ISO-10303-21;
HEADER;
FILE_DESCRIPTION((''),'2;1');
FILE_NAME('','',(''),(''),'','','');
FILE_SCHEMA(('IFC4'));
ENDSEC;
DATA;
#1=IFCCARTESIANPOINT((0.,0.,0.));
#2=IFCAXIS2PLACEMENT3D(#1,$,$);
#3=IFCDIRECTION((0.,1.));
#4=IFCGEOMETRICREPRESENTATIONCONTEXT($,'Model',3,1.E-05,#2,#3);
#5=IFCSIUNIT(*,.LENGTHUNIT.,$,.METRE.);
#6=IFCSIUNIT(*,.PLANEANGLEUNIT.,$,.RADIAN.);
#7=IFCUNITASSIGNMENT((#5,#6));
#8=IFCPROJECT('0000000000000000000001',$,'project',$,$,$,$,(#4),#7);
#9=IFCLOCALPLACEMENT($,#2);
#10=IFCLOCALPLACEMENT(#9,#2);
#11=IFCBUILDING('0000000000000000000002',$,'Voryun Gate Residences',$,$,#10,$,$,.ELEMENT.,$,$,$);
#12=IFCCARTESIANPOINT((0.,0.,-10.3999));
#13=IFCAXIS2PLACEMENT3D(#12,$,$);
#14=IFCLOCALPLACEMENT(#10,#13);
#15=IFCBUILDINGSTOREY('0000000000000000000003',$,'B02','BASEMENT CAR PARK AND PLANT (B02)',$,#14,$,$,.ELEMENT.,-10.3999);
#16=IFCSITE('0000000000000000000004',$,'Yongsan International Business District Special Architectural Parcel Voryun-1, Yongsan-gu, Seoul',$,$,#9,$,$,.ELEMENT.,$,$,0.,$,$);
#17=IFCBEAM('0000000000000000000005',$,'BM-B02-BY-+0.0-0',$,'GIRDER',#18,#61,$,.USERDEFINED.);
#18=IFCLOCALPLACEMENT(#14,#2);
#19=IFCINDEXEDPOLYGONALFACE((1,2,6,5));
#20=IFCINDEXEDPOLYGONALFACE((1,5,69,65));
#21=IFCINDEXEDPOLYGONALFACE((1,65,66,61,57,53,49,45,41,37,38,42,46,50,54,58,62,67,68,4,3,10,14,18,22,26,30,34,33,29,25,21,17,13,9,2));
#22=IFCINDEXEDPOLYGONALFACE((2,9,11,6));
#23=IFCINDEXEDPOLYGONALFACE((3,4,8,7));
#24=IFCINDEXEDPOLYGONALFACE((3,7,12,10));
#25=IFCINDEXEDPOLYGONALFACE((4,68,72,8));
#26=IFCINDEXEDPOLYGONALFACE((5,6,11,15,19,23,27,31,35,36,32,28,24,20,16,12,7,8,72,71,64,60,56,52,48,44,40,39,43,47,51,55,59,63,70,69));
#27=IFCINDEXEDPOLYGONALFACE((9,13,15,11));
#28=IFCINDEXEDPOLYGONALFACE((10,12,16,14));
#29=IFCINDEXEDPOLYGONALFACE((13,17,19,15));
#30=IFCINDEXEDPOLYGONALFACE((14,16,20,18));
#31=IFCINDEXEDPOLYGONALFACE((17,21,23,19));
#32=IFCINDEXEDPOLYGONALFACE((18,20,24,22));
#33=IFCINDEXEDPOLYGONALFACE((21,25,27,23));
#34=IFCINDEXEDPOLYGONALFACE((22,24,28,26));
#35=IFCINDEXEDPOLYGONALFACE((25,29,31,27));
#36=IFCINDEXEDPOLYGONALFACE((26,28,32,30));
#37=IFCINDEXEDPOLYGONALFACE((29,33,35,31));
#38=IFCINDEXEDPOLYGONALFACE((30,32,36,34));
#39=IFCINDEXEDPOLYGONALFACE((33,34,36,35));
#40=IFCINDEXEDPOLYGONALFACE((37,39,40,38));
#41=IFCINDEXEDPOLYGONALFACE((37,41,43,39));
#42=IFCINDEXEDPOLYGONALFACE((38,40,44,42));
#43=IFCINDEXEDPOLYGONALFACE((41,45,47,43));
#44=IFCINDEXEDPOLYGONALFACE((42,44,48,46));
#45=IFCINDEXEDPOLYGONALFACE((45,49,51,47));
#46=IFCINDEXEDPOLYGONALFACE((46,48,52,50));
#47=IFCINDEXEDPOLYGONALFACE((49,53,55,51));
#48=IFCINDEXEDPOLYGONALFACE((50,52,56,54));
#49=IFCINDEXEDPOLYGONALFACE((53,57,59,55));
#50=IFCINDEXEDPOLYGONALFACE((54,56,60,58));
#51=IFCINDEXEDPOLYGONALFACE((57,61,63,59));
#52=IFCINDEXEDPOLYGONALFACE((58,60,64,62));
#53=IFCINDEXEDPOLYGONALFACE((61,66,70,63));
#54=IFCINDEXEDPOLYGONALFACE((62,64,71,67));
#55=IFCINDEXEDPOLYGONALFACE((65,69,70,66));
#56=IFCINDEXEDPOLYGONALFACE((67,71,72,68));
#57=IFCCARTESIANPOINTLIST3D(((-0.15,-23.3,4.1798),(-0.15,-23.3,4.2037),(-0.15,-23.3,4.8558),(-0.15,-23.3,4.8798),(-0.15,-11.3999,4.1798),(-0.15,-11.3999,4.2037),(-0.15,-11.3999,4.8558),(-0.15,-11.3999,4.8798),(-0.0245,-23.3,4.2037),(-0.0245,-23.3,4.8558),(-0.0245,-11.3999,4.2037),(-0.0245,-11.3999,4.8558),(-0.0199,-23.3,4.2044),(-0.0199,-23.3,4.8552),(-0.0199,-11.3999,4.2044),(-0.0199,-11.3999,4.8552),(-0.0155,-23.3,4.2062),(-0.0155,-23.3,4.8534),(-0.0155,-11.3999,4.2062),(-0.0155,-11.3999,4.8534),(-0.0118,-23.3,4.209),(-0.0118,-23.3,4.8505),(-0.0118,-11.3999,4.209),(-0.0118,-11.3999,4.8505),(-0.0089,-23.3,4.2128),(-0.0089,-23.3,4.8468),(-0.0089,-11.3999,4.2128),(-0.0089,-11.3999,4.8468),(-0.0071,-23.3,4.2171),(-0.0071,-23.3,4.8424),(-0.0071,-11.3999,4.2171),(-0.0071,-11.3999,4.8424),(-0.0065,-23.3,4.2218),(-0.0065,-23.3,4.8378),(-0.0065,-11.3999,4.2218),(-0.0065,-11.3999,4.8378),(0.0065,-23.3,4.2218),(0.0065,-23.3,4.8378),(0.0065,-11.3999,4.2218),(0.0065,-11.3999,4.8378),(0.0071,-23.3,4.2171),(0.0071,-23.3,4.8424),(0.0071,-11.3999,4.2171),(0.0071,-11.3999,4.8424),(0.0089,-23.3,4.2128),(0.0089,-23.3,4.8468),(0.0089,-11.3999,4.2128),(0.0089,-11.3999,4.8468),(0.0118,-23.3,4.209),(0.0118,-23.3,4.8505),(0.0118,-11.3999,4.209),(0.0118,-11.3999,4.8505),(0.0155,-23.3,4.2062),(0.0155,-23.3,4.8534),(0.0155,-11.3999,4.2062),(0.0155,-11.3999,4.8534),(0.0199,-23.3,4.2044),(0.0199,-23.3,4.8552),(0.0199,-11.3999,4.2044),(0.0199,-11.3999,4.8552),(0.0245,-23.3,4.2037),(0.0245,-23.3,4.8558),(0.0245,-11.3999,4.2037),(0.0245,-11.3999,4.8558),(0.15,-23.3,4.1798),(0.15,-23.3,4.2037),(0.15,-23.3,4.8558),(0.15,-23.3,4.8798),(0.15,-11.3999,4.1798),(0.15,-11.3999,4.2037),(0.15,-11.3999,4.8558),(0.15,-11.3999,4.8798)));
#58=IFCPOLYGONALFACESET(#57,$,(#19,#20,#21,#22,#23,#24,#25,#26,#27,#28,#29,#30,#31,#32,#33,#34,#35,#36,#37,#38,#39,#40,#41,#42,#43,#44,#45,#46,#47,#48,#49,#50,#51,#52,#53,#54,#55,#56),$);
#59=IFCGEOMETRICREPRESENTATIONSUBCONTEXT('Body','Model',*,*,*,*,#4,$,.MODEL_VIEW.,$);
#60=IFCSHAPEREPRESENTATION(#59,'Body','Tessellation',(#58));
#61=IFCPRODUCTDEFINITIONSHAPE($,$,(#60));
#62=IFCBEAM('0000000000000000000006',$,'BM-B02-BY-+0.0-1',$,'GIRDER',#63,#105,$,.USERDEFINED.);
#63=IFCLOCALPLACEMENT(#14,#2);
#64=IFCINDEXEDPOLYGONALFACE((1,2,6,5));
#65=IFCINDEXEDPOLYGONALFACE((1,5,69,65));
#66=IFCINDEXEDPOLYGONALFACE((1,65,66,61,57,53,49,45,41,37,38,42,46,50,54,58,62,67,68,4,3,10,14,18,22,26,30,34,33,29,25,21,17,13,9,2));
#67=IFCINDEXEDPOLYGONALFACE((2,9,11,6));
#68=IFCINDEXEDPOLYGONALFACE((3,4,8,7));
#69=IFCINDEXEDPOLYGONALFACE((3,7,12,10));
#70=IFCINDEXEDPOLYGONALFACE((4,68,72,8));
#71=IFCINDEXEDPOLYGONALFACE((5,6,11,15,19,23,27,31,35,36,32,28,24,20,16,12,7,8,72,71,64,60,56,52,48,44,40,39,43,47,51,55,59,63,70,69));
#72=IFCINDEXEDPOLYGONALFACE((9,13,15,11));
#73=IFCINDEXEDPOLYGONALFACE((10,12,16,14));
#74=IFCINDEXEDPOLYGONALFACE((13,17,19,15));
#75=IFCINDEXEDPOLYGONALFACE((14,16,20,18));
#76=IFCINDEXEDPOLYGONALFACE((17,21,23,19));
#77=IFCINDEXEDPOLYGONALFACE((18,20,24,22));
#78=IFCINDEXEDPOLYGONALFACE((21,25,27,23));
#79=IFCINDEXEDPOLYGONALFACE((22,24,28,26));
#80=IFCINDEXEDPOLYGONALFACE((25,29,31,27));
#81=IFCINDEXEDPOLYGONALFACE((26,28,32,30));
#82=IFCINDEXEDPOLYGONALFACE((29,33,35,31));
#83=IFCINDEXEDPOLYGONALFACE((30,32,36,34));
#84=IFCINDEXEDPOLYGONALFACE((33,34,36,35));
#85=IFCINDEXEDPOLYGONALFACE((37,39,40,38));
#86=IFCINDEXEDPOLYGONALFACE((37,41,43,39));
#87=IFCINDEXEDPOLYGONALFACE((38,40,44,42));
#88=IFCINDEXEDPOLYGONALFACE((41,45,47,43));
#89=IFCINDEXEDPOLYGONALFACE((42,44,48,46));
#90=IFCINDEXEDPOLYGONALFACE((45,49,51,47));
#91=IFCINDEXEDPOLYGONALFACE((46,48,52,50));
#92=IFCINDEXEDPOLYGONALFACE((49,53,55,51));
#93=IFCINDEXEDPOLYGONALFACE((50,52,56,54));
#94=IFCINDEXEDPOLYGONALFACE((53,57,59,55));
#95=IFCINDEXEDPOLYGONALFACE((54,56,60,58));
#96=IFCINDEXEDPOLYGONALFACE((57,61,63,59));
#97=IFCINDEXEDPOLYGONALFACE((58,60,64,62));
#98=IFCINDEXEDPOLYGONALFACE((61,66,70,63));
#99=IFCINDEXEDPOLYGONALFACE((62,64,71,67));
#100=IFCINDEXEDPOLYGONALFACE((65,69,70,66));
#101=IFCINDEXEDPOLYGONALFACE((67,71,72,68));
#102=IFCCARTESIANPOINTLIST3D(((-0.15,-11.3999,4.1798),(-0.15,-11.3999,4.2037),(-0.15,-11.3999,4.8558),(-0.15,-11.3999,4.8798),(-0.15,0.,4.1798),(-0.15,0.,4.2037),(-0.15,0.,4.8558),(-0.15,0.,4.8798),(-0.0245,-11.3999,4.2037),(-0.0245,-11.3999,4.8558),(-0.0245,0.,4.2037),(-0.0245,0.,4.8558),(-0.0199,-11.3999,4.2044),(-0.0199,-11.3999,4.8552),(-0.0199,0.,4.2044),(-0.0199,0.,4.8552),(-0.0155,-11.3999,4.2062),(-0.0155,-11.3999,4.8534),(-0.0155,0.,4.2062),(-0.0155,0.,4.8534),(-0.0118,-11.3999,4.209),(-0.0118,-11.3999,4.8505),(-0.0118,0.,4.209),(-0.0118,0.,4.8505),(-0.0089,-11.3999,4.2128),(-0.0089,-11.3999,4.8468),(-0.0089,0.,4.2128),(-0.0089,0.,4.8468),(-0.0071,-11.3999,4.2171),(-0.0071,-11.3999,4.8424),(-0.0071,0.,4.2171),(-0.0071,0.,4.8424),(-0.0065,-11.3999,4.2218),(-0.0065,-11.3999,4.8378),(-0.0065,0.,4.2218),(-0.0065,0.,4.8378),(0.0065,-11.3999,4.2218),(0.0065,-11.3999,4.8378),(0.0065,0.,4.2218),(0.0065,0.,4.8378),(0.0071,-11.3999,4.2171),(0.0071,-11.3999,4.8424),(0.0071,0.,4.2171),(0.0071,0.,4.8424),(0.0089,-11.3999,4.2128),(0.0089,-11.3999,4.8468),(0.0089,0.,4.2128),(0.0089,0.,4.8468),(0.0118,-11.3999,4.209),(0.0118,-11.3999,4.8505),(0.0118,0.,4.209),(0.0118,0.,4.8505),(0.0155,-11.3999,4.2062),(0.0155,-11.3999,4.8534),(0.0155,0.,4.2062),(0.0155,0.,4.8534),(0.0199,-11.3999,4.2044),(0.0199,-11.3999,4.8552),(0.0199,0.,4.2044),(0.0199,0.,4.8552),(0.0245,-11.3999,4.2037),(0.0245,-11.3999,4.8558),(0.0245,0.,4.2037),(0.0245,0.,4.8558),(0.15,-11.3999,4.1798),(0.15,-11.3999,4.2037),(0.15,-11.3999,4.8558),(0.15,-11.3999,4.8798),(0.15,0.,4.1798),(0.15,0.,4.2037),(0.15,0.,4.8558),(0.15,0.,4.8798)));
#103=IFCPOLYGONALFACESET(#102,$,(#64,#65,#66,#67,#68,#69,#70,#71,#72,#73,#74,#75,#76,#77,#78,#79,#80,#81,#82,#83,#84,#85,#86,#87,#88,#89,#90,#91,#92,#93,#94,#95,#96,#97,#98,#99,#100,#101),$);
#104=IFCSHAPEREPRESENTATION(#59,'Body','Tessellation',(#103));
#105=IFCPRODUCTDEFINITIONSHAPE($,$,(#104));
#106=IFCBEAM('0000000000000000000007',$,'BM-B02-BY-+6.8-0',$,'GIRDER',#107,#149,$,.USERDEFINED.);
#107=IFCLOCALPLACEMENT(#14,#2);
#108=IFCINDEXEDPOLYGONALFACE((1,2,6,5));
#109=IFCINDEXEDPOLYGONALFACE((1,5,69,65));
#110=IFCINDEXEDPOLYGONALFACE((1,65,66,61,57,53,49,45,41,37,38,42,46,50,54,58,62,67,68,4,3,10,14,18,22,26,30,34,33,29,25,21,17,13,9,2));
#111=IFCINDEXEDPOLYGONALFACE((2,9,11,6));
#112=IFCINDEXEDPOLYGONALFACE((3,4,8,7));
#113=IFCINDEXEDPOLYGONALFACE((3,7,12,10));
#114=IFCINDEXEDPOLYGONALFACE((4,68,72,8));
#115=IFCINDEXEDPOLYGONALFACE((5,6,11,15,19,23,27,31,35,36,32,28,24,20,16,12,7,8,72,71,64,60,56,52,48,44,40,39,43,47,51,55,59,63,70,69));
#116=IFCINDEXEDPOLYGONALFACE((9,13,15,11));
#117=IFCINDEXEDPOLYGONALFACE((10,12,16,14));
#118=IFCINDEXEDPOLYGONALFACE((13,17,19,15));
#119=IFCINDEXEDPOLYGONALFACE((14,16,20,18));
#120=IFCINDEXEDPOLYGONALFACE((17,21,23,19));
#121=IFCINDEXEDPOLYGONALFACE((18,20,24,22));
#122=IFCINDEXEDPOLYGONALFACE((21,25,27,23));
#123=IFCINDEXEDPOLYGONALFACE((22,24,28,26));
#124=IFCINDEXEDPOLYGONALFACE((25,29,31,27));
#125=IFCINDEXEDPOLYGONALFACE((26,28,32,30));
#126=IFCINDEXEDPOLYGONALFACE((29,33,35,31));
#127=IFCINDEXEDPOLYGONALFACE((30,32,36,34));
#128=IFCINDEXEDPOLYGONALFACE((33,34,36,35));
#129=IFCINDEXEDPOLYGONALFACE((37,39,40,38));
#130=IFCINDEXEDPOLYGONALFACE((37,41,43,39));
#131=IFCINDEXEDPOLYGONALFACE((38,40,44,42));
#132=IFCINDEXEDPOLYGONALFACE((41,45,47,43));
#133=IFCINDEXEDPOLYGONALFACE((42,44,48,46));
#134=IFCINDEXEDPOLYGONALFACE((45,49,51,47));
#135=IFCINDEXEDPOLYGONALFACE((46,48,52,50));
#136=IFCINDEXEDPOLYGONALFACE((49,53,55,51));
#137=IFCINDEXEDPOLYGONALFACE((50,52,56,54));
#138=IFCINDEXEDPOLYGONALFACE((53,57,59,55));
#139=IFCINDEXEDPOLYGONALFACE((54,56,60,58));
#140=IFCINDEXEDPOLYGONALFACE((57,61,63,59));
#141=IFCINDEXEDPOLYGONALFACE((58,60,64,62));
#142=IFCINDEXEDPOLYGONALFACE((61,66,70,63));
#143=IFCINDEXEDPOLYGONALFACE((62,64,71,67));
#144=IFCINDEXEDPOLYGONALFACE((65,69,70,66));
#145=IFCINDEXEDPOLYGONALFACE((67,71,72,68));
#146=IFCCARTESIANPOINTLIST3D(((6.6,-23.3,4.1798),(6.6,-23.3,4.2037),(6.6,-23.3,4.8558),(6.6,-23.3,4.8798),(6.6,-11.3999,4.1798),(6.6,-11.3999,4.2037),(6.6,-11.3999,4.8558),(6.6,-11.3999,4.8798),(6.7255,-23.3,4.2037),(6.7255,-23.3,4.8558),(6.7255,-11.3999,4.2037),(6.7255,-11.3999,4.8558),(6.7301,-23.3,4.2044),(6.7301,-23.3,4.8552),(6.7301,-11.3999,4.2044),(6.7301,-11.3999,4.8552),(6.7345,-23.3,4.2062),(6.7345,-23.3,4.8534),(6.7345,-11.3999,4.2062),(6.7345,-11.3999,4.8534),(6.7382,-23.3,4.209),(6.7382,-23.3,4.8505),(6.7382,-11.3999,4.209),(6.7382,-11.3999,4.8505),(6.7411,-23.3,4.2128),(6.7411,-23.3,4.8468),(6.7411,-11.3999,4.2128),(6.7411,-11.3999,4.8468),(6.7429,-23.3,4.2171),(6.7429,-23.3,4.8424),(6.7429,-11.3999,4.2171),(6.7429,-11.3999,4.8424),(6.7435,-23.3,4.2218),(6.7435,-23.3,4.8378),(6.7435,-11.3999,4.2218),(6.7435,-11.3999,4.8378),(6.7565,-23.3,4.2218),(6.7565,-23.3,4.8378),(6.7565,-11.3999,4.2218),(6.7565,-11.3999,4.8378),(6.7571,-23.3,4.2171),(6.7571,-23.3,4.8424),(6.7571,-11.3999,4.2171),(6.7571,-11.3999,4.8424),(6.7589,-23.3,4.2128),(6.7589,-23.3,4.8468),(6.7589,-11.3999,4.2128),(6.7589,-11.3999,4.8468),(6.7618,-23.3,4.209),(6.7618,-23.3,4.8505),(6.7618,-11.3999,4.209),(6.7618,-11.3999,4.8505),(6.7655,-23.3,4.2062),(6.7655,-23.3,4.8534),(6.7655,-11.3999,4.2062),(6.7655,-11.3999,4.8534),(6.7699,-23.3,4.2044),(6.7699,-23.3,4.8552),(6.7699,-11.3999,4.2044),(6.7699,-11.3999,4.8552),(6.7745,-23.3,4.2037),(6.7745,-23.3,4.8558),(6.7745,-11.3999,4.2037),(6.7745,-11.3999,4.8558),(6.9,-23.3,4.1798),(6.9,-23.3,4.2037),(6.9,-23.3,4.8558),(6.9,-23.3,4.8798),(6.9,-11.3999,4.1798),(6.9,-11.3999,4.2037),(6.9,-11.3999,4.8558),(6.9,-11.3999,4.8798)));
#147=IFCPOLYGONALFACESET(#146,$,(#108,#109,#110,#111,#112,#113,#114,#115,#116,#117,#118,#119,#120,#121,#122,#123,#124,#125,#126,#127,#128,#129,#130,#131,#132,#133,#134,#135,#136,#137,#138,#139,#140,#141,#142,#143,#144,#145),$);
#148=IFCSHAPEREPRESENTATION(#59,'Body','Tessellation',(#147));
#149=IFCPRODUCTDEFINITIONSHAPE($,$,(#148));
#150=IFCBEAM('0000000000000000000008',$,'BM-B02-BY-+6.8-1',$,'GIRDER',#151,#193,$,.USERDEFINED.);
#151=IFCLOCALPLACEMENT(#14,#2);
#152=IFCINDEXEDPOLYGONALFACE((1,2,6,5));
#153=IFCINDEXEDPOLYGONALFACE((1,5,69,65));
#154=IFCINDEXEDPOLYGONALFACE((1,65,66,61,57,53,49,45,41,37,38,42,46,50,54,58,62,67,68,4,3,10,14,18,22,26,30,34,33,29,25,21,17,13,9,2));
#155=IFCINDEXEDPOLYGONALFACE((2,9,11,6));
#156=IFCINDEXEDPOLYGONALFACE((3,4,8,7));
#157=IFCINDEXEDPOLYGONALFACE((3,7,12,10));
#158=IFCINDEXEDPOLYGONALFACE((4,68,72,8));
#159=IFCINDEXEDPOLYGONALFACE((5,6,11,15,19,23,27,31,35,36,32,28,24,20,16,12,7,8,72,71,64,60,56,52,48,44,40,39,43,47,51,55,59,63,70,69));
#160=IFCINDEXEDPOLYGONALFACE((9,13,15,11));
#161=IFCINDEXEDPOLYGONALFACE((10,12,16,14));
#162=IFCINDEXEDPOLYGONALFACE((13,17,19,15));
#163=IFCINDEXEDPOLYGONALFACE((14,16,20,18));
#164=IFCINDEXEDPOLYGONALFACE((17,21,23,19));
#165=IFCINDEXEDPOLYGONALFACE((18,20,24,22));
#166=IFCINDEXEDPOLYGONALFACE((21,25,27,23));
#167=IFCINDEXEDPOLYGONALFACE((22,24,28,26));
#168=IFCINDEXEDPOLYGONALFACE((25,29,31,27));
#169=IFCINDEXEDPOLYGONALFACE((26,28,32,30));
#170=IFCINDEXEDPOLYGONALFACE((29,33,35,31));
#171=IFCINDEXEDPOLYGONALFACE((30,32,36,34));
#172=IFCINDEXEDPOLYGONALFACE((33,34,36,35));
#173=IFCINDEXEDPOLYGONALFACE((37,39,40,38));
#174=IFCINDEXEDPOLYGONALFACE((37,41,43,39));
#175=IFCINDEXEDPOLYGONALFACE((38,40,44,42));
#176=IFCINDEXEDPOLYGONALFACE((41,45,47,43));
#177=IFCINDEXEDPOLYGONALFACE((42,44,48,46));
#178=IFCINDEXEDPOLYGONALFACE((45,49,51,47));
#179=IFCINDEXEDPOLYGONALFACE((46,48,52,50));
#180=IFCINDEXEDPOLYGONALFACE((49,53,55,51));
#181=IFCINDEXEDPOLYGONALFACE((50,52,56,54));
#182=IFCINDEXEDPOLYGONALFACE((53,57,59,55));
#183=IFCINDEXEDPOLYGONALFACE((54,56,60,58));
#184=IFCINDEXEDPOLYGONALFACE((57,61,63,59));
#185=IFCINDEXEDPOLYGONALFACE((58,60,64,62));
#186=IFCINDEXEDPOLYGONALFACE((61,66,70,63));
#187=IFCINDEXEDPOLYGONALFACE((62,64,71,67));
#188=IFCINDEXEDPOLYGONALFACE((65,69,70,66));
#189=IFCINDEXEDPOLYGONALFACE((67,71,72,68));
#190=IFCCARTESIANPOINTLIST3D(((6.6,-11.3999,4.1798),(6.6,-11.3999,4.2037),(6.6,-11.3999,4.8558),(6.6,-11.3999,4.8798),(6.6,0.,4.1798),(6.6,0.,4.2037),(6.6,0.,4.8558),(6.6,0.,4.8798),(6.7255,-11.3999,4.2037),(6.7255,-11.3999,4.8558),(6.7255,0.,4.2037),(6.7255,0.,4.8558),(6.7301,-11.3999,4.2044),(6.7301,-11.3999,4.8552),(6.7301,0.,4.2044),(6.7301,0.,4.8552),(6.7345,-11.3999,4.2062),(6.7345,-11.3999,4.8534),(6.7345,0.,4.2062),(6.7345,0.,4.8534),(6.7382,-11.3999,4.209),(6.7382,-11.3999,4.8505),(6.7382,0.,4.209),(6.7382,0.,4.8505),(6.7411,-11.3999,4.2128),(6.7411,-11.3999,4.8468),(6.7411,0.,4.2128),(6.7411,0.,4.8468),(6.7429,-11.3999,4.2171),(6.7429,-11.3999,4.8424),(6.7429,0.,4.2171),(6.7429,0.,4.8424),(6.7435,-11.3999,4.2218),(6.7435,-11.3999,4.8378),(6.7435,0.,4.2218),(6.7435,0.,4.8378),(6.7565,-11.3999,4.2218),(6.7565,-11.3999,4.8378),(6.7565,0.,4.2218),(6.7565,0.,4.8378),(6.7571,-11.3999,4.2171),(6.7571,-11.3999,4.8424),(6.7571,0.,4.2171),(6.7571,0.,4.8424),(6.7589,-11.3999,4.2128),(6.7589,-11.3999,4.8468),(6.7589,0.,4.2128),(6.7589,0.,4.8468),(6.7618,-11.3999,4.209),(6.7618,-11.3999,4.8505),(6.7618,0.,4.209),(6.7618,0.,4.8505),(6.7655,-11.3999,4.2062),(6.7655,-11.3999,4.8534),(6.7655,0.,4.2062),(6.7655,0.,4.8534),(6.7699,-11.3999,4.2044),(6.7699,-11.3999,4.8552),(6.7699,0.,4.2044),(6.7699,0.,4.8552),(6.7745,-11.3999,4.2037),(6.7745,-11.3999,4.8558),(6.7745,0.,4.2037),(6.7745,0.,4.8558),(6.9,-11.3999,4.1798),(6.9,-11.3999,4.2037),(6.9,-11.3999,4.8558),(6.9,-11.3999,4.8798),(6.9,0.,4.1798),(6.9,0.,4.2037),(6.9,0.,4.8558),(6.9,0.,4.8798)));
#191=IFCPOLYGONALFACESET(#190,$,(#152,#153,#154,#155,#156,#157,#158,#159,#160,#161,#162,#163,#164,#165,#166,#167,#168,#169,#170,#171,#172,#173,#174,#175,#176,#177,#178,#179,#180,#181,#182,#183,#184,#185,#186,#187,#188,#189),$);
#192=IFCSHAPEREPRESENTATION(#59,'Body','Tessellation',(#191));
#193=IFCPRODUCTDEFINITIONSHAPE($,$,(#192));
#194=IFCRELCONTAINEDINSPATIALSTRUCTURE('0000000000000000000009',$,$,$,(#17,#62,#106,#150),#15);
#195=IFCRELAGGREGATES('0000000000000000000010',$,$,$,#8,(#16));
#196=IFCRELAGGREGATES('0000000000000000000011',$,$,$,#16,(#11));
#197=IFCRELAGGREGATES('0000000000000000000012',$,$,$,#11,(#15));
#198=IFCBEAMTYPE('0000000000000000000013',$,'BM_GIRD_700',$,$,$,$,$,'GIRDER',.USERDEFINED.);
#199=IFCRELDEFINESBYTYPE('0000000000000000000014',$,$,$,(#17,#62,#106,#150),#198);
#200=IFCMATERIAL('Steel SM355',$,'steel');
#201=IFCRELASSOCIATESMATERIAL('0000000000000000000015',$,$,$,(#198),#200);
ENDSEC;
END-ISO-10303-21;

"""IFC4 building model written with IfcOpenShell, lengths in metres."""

from ifc_helpers import new_model, si_unit, direction, frame, origin, origin_2d, place, context, subcontext, project, spatial, i_section, extrude, material, material_profile, profile_set, type_object, element, save


model = new_model("IFC4")

# Units and contexts
model_context = context("Model", 3, precision=1e-05, world=origin(), true_north=direction((0.0, 1.0)))
body_context = subcontext(model_context, "Body", "Model", "MODEL_VIEW")
ifc_project = project(units=[si_unit("LENGTHUNIT", "METRE"), si_unit("PLANEANGLEUNIT", "RADIAN")], contexts=[model_context])

# Site, building, storey
site_placement = place(None, origin())
site = spatial("IfcSite", under=ifc_project, at=site_placement, Name="Yongsan International Business District Special Architectural Parcel Voryun-1, Yongsan-gu, Seoul", CompositionType="ELEMENT", RefElevation=0.0)
building_placement = place(site_placement, origin())
building = spatial("IfcBuilding", under=site, at=building_placement, Name="Voryun Gate Residences", CompositionType="ELEMENT")
storey_placement = place(building_placement, frame((0.0, 0.0, -10.3999)))
storey = spatial("IfcBuildingStorey", under=building, at=storey_placement, Name="B02", Description="BASEMENT CAR PARK AND PLANT (B02)", CompositionType="ELEMENT", Elevation=-10.3999)

# Beams
ifc_material_1 = material(Name="Steel SM355", Category="steel")
ifc_material_profile_1 = material_profile(ifc_material_1, i_section(OverallWidth=0.3, OverallDepth=0.7, WebThickness=0.0129, FlangeThickness=0.0239, FilletRadius=0.0181, at=origin_2d()), Name="H-700x300x13x24")
ifc_profile_set_1 = profile_set([ifc_material_profile_1], Name="Steel SM355")
beam_type_1 = type_object("IfcBeamType", Name="BM_GIRD_700", ElementType="GIRDER", PredefinedType="USERDEFINED", material=ifc_profile_set_1)
beam_1_placement = place(storey_placement, frame((0.0, -23.3, 4.5298), z_axis=(0.0, 1.0, 0.0), x_axis=(-1.0, 0.0, 0.0)))
element("IfcBeam", 1, at=beam_1_placement, inside=storey, type_object=beam_type_1, Name="BM-B02-BY-+0.0-0", ObjectType="GIRDER", PredefinedType="USERDEFINED", context=body_context, shape_type="SweptSolid", body=[
    extrude(i_section(OverallWidth=0.3, OverallDepth=0.7, WebThickness=0.0129, FlangeThickness=0.0239, FilletRadius=0.0181, at=origin_2d()), origin(), (0.0, 0.0, 1.0), 11.9001),
])
beam_2_placement = place(storey_placement, frame((0.0, -11.3999, 4.5298), z_axis=(0.0, 1.0, 0.0), x_axis=(-1.0, 0.0, 0.0)))
element("IfcBeam", 2, at=beam_2_placement, inside=storey, type_object=beam_type_1, Name="BM-B02-BY-+0.0-1", ObjectType="GIRDER", PredefinedType="USERDEFINED", context=body_context, shape_type="SweptSolid", body=[
    extrude(i_section(OverallWidth=0.3, OverallDepth=0.7, WebThickness=0.0129, FlangeThickness=0.0239, FilletRadius=0.0181, at=origin_2d()), origin(), (0.0, 0.0, 1.0), 11.3999),
])
beam_3_placement = place(storey_placement, frame((6.75, -23.3, 4.5298), z_axis=(0.0, 1.0, 0.0), x_axis=(-1.0, 0.0, 0.0)))
element("IfcBeam", 3, at=beam_3_placement, inside=storey, type_object=beam_type_1, Name="BM-B02-BY-+6.8-0", ObjectType="GIRDER", PredefinedType="USERDEFINED", context=body_context, shape_type="SweptSolid", body=[
    extrude(i_section(OverallWidth=0.3, OverallDepth=0.7, WebThickness=0.0129, FlangeThickness=0.0239, FilletRadius=0.0181, at=origin_2d()), origin(), (0.0, 0.0, 1.0), 11.9001),
])
beam_4_placement = place(storey_placement, frame((6.75, -11.3999, 4.5298), z_axis=(0.0, 1.0, 0.0), x_axis=(-1.0, 0.0, 0.0)))
element("IfcBeam", 4, at=beam_4_placement, inside=storey, type_object=beam_type_1, Name="BM-B02-BY-+6.8-1", ObjectType="GIRDER", PredefinedType="USERDEFINED", context=body_context, shape_type="SweptSolid", body=[
    extrude(i_section(OverallWidth=0.3, OverallDepth=0.7, WebThickness=0.0129, FlangeThickness=0.0239, FilletRadius=0.0181, at=origin_2d()), origin(), (0.0, 0.0, 1.0), 11.3999),
])

save(model, "model.ifc")
